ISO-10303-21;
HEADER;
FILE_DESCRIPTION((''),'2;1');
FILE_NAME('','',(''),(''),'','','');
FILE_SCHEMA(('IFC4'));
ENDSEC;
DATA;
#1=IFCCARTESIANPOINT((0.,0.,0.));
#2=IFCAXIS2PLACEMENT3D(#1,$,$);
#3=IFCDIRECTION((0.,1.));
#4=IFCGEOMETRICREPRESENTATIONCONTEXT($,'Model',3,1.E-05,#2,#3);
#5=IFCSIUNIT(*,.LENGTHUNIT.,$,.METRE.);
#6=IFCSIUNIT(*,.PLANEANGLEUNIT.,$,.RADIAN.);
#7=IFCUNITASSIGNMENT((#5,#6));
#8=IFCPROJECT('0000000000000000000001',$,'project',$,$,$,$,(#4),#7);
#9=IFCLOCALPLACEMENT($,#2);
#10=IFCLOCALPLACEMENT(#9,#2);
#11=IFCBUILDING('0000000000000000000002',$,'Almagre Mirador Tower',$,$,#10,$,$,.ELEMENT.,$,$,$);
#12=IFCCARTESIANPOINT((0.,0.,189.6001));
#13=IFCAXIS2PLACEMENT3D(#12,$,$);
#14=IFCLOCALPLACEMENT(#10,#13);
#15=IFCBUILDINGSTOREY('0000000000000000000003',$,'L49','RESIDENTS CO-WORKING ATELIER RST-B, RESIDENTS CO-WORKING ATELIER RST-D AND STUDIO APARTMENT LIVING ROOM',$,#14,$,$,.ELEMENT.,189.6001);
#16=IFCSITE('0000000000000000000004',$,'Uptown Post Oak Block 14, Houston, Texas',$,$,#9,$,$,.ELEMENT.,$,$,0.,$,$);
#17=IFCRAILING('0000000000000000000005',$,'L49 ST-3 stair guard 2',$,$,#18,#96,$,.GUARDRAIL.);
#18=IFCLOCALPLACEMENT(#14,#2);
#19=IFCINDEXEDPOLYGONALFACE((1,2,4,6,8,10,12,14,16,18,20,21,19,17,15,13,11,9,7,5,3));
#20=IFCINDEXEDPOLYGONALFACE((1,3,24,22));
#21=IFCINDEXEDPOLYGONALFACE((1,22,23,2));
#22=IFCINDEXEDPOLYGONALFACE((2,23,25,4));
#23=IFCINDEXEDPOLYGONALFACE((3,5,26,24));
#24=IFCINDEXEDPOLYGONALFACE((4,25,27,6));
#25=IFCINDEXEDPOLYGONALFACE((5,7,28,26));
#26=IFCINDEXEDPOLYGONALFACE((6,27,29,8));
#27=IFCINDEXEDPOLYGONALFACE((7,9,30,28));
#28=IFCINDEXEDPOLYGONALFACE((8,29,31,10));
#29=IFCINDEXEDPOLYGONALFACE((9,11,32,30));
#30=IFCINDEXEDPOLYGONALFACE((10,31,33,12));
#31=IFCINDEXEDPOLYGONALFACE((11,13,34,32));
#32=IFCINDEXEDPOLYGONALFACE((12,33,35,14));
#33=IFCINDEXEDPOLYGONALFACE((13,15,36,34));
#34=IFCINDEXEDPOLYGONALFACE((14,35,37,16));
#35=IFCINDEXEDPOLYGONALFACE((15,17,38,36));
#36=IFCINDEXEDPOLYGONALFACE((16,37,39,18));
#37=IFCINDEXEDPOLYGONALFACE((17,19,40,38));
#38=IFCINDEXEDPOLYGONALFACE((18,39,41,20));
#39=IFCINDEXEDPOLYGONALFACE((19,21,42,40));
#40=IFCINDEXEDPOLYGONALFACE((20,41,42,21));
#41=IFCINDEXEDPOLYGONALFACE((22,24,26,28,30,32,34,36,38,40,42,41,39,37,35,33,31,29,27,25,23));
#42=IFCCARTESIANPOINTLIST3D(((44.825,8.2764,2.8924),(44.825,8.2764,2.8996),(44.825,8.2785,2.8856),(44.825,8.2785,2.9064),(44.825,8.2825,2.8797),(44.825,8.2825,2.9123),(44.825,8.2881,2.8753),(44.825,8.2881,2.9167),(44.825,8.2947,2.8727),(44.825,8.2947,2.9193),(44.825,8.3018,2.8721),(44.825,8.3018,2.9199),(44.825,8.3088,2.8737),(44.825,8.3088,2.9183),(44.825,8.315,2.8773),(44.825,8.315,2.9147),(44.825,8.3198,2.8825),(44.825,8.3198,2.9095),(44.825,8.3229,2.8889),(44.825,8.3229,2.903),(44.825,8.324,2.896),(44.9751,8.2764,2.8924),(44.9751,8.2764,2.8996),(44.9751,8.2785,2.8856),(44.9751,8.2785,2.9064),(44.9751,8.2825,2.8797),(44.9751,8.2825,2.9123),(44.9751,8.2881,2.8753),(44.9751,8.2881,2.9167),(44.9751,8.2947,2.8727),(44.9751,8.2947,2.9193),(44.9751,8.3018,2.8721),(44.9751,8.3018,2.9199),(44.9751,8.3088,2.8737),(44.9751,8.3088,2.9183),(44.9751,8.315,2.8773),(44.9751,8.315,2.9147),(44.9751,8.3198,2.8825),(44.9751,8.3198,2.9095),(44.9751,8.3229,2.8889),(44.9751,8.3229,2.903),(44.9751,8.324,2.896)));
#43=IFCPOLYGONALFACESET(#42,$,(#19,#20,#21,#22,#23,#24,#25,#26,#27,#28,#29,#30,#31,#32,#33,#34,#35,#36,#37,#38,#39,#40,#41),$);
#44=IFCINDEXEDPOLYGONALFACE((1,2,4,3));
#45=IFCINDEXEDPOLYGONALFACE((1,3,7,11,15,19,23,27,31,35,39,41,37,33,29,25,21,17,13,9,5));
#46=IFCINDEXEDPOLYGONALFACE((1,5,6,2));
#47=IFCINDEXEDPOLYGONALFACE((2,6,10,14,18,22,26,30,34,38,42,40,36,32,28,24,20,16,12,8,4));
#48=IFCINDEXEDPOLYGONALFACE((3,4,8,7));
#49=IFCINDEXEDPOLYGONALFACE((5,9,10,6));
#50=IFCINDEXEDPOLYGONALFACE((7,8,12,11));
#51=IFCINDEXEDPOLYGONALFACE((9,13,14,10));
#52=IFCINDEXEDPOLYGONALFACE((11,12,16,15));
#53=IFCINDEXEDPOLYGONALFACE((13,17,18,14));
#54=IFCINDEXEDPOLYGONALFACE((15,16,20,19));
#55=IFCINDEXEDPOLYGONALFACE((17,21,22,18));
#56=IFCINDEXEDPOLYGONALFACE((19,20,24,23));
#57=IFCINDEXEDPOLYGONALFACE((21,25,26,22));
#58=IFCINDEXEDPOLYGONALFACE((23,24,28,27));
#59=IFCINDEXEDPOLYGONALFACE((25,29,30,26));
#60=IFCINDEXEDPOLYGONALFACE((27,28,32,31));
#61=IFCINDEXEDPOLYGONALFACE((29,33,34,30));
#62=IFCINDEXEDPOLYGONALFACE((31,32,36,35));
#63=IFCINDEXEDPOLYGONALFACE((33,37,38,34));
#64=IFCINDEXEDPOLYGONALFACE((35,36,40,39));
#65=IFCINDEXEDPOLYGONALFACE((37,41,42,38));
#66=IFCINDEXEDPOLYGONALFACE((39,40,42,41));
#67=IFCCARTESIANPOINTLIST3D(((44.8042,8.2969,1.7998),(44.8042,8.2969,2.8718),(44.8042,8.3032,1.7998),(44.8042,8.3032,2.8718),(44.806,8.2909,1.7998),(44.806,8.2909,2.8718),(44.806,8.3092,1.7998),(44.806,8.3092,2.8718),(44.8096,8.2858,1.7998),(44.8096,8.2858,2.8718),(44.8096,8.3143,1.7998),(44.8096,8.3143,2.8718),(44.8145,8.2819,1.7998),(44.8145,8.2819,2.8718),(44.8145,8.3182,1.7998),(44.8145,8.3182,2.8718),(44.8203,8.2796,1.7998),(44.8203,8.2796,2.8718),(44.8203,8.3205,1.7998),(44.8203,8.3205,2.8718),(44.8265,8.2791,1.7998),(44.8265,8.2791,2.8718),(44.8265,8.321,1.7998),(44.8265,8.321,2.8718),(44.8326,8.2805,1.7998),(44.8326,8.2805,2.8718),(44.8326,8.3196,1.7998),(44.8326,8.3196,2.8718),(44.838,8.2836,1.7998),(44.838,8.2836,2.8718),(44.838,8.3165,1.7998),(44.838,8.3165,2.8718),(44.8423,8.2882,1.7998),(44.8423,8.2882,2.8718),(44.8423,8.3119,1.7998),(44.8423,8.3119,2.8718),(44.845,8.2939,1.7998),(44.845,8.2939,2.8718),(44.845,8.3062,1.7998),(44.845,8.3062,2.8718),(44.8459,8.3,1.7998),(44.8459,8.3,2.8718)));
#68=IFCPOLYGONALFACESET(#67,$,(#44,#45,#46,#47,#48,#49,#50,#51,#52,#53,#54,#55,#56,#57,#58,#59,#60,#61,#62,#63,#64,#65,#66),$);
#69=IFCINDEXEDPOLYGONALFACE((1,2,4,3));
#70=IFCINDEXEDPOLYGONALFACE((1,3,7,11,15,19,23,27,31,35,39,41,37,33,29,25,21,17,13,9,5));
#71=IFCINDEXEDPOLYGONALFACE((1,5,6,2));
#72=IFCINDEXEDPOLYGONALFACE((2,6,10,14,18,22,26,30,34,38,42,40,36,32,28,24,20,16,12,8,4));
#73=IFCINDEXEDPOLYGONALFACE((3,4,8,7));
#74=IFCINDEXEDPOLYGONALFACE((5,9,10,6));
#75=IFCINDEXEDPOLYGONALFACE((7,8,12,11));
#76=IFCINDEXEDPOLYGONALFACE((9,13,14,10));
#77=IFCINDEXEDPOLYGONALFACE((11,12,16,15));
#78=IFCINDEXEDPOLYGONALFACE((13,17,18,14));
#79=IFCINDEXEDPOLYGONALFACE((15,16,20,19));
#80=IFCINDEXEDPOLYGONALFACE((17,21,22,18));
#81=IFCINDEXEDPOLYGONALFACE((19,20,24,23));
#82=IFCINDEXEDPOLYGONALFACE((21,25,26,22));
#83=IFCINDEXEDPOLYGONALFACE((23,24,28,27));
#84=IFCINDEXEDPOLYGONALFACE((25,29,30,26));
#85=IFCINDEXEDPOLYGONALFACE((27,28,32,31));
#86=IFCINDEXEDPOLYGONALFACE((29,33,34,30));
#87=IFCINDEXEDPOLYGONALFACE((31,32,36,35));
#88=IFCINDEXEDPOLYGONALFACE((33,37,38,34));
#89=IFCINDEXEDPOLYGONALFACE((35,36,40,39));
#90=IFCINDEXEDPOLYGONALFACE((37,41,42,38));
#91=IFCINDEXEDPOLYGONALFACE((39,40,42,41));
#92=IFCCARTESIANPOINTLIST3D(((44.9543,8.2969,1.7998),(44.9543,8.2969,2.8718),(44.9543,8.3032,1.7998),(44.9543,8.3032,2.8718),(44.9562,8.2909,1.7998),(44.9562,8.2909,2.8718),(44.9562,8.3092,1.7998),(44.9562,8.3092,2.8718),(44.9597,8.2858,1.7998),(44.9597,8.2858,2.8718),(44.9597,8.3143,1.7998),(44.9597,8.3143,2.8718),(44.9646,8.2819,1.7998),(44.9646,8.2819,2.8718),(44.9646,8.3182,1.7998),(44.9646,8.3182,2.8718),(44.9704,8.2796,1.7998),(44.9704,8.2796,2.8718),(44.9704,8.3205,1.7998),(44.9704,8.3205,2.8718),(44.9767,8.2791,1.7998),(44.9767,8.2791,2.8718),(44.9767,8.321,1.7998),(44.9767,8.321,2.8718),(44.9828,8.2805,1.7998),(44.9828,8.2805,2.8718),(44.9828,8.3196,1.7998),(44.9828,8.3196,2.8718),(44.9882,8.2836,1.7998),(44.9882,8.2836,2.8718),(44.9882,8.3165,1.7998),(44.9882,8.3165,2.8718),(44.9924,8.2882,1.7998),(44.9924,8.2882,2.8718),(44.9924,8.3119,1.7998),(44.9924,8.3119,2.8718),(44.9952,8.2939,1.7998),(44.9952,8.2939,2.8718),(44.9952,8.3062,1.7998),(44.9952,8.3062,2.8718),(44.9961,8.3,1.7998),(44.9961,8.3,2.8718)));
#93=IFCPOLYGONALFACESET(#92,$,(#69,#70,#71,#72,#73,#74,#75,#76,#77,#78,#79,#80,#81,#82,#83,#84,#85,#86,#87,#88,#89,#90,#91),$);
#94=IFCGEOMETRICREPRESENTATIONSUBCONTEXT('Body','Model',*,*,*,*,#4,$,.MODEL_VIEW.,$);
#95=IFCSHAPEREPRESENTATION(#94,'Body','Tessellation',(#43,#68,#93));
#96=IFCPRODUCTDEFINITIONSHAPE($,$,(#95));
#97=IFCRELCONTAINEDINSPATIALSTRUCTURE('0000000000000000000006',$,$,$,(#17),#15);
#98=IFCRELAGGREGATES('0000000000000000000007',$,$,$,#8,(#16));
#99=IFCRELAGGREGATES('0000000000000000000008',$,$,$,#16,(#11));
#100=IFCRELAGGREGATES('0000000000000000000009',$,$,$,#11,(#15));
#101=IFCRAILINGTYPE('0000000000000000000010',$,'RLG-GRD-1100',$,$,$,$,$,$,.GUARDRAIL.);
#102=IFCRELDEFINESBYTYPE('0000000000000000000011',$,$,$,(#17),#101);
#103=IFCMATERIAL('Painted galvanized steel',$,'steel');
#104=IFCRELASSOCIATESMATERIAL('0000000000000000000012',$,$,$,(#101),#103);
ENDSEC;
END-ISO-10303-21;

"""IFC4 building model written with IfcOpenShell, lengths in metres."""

from ifc_helpers import new_model, si_unit, direction, frame, origin, origin_2d, place, context, subcontext, project, spatial, circle, extrude, material, type_object, element, save


model = new_model("IFC4")

# Units and contexts
model_context = context("Model", 3, precision=1e-05, world=origin(), true_north=direction((0.0, 1.0)))
body_context = subcontext(model_context, "Body", "Model", "MODEL_VIEW")
ifc_project = project(units=[si_unit("LENGTHUNIT", "METRE"), si_unit("PLANEANGLEUNIT", "RADIAN")], contexts=[model_context])

# Site, building, storey
site_placement = place(None, origin())
site = spatial("IfcSite", under=ifc_project, at=site_placement, Name="Uptown Post Oak Block 14, Houston, Texas", CompositionType="ELEMENT", RefElevation=0.0)
building_placement = place(site_placement, origin())
building = spatial("IfcBuilding", under=site, at=building_placement, Name="Almagre Mirador Tower", CompositionType="ELEMENT")
storey_placement = place(building_placement, frame((0.0, 0.0, 189.6001)))
storey = spatial("IfcBuildingStorey", under=building, at=storey_placement, Name="L49", Description="RESIDENTS CO-WORKING ATELIER RST-B, RESIDENTS CO-WORKING ATELIER RST-D AND STUDIO APARTMENT LIVING ROOM", CompositionType="ELEMENT", Elevation=189.6001)

# Railing
ifc_material_1 = material(Name="Painted galvanized steel", Category="steel")
railing_type_1 = type_object("IfcRailingType", Name="RLG-GRD-1100", PredefinedType="GUARDRAIL", material=ifc_material_1)
railing_1_placement = place(storey_placement, frame((44.825, 8.3, 1.7998)))
element("IfcRailing", 1, at=railing_1_placement, inside=storey, type_object=railing_type_1, Name="L49 ST-3 stair guard 2", PredefinedType="GUARDRAIL", context=body_context, shape_type="SweptSolid", body=[
    extrude(circle(Radius=0.0239, at=origin_2d()), frame((0.0, 0.0, 1.0962), z_axis=(1.0, 0.0, 0.0), x_axis=(0.0, 1.0, 0.0)), (0.0, 0.0, 1.0), 0.1501),
    extrude(circle(Radius=0.021, at=origin_2d()), origin(), (0.0, 0.0, 1.0), 1.072),
    extrude(circle(Radius=0.021, at=origin_2d()), frame((0.1501, 0.0, 0.0)), (0.0, 0.0, 1.0), 1.072),
])

save(model, "model.ifc")
